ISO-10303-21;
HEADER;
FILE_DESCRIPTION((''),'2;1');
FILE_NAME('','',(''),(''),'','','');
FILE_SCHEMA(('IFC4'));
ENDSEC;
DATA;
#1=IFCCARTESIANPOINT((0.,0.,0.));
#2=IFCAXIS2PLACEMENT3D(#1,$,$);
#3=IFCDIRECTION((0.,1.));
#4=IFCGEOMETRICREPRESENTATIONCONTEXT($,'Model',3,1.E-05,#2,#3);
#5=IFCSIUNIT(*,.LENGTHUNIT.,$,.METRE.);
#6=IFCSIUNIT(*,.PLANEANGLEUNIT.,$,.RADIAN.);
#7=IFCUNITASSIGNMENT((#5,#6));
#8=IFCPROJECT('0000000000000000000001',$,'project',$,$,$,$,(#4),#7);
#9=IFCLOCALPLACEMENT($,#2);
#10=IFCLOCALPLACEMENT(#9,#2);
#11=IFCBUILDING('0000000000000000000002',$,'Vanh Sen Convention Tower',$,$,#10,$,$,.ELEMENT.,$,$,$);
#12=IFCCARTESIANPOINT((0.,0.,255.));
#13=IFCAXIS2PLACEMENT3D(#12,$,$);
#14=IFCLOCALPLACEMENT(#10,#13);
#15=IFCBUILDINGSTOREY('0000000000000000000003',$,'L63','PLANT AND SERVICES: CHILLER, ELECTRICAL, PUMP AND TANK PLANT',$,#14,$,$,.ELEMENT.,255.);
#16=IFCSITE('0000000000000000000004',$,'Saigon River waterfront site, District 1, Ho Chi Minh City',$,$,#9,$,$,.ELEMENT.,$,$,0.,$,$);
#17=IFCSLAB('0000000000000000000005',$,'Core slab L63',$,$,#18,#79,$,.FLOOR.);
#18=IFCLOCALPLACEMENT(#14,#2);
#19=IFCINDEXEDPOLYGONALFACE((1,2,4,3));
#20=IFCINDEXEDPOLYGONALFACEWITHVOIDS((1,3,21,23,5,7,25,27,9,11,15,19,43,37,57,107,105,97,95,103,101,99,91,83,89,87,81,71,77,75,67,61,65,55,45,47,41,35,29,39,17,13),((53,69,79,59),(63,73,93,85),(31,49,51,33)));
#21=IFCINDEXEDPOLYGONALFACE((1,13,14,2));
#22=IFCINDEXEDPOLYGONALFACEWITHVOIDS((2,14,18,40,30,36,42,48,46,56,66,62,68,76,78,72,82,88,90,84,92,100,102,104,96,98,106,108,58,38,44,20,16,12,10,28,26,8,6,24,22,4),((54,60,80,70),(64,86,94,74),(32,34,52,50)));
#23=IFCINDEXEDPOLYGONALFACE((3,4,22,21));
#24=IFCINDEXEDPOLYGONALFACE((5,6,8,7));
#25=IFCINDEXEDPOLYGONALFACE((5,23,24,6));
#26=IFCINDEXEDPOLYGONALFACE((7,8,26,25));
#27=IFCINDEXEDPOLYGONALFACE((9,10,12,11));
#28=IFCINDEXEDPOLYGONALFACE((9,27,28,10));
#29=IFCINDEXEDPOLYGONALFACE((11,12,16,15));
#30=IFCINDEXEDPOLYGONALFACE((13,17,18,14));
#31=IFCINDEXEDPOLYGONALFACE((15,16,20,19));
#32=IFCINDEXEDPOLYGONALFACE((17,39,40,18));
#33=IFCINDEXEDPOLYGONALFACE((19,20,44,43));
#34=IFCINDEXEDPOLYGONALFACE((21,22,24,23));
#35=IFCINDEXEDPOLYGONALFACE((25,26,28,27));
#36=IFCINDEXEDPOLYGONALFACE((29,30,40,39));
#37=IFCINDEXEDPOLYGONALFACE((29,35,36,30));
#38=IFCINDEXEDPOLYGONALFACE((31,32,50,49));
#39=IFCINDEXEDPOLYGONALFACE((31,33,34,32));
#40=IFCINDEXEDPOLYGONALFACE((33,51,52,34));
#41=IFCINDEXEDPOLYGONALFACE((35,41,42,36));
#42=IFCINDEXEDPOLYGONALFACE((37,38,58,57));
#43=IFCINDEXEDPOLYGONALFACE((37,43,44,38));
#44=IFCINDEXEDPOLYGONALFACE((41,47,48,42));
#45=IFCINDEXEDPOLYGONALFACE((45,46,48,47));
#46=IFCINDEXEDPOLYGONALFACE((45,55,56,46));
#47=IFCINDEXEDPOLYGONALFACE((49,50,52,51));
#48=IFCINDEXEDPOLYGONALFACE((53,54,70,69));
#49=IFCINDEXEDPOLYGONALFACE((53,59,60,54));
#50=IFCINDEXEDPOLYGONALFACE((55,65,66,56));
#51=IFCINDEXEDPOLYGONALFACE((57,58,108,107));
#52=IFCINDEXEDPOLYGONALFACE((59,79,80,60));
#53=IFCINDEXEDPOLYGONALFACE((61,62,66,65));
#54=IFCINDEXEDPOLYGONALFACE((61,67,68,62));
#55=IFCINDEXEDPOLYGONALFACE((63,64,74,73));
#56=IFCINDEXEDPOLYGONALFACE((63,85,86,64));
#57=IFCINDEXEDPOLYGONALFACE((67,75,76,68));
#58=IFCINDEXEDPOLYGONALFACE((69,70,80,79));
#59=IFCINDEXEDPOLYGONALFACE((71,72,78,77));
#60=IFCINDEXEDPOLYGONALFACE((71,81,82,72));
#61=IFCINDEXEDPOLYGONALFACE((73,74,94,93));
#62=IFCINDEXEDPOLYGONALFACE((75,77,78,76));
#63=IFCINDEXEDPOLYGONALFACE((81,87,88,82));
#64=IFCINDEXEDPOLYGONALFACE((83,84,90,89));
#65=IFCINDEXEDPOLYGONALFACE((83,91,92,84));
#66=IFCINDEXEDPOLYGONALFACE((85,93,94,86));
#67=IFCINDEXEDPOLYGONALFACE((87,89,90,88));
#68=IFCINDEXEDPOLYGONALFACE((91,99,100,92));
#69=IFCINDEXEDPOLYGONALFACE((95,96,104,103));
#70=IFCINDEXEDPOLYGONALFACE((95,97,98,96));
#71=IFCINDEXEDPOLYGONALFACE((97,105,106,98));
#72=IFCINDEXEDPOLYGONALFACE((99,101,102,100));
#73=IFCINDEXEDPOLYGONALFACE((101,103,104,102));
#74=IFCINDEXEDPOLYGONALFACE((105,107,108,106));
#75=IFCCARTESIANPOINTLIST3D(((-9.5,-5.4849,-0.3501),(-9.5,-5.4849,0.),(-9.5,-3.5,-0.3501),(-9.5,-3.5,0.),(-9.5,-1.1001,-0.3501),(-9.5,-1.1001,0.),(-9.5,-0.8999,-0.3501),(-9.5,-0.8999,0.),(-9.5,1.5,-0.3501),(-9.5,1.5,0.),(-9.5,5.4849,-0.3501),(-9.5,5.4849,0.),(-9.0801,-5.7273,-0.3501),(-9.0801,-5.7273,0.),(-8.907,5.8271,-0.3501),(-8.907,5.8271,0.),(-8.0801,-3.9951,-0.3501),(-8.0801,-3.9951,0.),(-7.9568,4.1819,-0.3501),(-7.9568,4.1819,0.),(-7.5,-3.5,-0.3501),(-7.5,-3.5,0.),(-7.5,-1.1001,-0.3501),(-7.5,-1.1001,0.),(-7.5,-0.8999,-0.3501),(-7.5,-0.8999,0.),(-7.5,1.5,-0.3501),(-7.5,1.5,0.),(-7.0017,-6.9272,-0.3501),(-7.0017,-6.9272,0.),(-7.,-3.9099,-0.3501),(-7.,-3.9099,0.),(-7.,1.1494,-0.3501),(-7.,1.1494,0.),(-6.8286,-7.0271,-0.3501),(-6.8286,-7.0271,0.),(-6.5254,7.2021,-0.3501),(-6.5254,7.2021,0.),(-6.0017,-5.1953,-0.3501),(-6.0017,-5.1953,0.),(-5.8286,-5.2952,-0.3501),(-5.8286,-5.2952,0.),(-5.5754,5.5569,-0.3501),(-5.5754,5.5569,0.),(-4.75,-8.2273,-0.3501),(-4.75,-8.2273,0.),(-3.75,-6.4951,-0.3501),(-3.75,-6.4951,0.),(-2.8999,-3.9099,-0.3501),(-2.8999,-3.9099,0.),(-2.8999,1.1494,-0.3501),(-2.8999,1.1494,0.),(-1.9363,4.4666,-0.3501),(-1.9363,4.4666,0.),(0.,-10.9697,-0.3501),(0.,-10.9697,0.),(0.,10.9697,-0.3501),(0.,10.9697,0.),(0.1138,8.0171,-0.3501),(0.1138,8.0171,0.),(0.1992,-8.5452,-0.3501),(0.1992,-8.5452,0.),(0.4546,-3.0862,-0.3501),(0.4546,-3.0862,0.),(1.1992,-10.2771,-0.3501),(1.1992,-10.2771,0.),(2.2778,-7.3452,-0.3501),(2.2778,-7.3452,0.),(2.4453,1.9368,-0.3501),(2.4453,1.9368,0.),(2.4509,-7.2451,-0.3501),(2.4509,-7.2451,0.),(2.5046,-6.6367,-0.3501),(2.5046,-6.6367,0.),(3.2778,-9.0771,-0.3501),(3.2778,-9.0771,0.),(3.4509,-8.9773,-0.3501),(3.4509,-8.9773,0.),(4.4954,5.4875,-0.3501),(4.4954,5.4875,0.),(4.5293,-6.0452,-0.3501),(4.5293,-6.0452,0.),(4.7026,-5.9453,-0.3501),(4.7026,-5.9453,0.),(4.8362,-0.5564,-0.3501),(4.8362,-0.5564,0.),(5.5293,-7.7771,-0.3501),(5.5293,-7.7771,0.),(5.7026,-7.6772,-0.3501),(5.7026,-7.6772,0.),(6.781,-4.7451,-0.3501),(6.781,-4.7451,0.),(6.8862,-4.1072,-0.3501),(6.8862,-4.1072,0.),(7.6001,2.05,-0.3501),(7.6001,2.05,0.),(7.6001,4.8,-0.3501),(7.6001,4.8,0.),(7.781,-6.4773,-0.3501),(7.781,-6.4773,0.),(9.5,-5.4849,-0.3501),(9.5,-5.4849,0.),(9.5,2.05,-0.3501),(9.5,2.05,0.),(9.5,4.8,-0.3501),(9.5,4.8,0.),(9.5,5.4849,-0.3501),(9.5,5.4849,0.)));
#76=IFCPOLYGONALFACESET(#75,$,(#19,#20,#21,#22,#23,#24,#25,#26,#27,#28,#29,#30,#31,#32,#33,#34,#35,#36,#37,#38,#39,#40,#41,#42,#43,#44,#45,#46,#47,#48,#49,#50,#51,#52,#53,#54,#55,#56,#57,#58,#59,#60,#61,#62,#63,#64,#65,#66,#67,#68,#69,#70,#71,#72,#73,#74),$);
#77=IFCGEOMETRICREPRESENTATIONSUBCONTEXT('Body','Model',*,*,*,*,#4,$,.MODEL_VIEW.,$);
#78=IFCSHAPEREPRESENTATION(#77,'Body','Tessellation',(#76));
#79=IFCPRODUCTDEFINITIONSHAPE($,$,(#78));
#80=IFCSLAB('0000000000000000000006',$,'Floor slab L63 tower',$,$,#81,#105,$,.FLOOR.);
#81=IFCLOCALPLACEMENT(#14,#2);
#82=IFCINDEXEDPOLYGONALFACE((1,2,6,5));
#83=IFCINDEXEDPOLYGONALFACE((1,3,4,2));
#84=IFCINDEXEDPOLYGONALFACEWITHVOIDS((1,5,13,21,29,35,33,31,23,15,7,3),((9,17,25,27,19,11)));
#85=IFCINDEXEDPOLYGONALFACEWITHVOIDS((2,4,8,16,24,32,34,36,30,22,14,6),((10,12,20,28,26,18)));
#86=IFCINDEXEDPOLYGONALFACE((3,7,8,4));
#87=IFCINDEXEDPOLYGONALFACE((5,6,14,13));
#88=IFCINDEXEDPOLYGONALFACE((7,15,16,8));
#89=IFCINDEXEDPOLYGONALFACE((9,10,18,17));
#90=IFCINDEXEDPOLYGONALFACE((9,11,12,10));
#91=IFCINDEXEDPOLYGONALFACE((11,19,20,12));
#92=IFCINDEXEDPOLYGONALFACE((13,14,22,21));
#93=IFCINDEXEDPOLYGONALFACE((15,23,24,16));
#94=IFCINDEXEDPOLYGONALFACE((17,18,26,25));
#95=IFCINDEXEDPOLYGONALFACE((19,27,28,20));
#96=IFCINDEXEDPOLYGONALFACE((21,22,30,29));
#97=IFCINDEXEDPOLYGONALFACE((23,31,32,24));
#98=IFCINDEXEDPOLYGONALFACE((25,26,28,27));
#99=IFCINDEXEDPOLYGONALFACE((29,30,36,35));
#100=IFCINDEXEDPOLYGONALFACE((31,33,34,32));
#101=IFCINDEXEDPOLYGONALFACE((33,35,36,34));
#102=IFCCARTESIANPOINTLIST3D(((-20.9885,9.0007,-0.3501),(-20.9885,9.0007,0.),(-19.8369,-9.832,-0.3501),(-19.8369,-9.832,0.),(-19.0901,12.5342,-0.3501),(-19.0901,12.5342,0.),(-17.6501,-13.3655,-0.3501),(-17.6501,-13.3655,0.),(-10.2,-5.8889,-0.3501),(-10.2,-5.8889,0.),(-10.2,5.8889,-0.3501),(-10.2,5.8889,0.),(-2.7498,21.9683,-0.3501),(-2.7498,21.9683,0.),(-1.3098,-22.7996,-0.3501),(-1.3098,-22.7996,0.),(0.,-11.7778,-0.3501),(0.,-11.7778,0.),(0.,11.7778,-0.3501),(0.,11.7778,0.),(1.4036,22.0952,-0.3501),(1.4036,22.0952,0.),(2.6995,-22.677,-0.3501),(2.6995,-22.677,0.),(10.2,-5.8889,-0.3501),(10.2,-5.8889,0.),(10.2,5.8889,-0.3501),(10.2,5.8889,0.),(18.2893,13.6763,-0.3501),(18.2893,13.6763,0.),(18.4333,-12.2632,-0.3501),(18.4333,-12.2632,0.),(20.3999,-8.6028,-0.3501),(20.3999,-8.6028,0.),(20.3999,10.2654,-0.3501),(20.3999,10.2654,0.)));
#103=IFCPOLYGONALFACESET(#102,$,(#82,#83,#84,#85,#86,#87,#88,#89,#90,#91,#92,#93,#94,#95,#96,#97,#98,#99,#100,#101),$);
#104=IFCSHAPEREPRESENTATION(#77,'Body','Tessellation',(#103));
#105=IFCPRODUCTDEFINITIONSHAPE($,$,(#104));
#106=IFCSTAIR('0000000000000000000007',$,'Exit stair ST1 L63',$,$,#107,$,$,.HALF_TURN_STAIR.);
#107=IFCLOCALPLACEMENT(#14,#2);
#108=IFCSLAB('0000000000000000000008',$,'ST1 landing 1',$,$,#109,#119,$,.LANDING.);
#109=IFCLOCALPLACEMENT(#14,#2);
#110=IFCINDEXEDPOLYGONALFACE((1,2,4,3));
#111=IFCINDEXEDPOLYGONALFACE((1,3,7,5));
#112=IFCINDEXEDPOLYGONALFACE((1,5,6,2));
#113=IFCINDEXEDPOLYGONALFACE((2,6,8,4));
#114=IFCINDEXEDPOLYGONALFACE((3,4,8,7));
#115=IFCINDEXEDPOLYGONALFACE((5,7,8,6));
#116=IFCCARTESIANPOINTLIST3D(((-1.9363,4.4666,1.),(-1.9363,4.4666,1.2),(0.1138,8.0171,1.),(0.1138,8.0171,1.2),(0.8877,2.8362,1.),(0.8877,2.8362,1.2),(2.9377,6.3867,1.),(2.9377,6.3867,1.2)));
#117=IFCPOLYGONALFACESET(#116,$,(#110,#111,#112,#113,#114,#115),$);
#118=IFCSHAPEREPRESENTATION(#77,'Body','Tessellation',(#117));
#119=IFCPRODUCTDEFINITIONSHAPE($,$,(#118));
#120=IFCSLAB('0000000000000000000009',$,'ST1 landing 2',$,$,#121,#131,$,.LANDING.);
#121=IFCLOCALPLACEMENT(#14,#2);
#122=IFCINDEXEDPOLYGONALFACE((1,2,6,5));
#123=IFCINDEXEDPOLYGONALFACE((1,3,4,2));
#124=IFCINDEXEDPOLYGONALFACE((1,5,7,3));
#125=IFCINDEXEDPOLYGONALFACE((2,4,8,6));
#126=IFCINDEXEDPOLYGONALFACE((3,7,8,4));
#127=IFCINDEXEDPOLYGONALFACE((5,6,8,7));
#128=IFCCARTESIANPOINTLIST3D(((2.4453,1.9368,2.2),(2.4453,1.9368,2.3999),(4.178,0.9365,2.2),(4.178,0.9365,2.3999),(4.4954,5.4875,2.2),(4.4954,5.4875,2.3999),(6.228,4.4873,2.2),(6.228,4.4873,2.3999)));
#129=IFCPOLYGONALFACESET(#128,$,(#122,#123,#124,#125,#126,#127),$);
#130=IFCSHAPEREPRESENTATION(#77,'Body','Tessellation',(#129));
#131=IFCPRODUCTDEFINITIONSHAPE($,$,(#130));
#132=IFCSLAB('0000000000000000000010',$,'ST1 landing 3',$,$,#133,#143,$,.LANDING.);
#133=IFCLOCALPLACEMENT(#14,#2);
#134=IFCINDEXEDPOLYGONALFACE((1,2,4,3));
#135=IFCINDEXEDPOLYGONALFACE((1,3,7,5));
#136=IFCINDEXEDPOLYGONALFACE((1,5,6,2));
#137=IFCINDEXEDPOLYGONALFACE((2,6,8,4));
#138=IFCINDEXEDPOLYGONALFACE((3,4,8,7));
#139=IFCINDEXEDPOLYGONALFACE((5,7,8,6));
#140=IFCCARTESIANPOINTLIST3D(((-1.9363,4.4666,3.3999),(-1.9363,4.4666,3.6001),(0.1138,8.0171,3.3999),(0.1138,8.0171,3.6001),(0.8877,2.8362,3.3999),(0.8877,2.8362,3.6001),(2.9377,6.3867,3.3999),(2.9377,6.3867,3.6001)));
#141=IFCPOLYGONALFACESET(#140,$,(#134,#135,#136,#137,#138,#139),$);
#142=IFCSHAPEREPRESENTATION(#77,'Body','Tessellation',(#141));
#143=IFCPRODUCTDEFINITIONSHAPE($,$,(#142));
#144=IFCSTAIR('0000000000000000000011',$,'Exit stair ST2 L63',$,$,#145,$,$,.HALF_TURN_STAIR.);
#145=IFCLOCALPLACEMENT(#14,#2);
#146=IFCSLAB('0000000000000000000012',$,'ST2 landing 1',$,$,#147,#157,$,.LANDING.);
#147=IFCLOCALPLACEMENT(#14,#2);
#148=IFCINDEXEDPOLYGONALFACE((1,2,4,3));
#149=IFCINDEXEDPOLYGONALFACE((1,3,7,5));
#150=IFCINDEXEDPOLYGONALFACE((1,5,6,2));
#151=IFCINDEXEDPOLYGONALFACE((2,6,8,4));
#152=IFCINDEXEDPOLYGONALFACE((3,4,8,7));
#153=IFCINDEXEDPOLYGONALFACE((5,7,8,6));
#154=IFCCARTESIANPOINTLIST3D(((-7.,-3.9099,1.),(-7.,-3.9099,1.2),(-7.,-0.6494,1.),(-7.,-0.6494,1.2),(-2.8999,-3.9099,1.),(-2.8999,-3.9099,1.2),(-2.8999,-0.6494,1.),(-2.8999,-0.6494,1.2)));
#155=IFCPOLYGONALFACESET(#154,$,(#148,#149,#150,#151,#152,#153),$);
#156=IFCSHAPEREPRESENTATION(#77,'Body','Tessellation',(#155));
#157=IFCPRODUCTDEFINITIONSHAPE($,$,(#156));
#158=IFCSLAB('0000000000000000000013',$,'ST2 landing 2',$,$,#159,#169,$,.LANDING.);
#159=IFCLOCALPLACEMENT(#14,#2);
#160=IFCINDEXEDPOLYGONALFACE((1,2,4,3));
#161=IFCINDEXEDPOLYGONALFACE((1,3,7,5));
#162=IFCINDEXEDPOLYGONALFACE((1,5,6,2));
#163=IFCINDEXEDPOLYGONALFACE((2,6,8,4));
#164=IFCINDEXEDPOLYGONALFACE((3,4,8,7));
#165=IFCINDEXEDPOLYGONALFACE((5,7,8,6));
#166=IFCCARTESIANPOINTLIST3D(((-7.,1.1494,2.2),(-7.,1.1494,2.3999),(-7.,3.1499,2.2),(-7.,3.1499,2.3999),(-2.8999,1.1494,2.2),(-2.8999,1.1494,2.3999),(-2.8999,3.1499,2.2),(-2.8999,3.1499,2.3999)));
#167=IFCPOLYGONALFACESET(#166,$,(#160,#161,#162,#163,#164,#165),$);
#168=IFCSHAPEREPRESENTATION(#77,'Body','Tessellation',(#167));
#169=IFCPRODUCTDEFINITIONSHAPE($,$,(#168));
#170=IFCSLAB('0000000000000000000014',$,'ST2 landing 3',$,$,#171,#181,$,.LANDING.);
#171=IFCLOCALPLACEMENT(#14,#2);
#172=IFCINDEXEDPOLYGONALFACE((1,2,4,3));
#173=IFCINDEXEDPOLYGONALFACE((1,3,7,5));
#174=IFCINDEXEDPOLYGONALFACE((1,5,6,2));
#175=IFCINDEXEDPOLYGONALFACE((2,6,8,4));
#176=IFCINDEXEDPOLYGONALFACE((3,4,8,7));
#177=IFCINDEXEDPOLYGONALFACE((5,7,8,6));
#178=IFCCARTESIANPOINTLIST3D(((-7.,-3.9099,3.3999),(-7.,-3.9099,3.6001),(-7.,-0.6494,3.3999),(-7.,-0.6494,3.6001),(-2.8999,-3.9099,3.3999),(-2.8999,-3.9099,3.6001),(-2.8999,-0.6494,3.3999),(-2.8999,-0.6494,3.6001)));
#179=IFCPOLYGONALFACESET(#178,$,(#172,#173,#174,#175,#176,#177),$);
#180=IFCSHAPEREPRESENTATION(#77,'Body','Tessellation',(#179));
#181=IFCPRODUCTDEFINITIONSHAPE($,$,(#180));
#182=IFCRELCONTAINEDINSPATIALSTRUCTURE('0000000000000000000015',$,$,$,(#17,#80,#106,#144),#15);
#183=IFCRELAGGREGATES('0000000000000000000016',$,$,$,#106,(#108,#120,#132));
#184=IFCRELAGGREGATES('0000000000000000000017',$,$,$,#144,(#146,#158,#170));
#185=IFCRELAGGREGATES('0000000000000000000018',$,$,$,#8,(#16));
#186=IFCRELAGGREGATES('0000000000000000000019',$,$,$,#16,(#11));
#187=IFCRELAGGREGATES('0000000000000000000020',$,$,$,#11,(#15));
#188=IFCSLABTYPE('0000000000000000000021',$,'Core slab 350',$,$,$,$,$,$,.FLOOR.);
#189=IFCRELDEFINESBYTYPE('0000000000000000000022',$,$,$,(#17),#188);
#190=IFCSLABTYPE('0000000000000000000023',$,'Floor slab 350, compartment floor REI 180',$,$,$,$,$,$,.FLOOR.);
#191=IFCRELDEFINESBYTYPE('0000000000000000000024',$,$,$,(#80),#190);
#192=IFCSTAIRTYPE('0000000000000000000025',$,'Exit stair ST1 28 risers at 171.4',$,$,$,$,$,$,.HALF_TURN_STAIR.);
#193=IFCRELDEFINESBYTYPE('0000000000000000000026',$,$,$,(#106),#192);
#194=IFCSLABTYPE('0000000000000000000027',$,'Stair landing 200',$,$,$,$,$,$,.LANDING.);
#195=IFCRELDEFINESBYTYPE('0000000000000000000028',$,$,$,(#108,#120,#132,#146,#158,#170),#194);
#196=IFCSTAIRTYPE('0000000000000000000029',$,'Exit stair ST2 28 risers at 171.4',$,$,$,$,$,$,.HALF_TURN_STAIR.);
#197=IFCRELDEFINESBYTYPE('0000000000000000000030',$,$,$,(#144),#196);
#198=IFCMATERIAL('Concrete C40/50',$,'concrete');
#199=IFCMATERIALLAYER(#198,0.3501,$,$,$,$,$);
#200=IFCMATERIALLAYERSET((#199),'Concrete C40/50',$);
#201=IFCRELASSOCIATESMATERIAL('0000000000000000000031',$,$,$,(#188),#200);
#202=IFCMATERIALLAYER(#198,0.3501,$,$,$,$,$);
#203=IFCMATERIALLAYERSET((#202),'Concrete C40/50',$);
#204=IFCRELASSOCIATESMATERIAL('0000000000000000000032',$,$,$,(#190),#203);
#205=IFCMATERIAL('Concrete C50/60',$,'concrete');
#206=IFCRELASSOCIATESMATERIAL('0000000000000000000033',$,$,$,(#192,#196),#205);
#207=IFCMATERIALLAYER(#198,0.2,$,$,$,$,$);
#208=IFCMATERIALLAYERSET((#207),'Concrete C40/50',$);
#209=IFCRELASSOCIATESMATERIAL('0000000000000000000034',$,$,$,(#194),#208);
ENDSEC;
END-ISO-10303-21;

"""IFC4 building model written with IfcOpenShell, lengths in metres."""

from ifc_helpers import new_model, si_unit, direction, frame, origin, place, context, subcontext, project, spatial, polyline, outline, extrude, material, layer, layer_set, type_object, element, aggregate, save


model = new_model("IFC4")

# Units and contexts
model_context = context("Model", 3, precision=1e-05, world=origin(), true_north=direction((0.0, 1.0)))
body_context = subcontext(model_context, "Body", "Model", "MODEL_VIEW")
ifc_project = project(units=[si_unit("LENGTHUNIT", "METRE"), si_unit("PLANEANGLEUNIT", "RADIAN")], contexts=[model_context])

# Site, building, storey
site_placement = place(None, origin())
site = spatial("IfcSite", under=ifc_project, at=site_placement, Name="Saigon River waterfront site, District 1, Ho Chi Minh City", CompositionType="ELEMENT", RefElevation=0.0)
building_placement = place(site_placement, origin())
building = spatial("IfcBuilding", under=site, at=building_placement, Name="Vanh Sen Convention Tower", CompositionType="ELEMENT")
storey_placement = place(building_placement, frame((0.0, 0.0, 255.0)))
storey = spatial("IfcBuildingStorey", under=building, at=storey_placement, Name="L63", Description="PLANT AND SERVICES: CHILLER, ELECTRICAL, PUMP AND TANK PLANT", CompositionType="ELEMENT", Elevation=255.0)

# Slabs
ifc_material_1 = material(Name="Concrete C40/50", Category="concrete")
ifc_layer_1 = layer(ifc_material_1, 0.3501)
ifc_layer_set_1 = layer_set([ifc_layer_1], Name="Concrete C40/50")
slab_type_1 = type_object("IfcSlabType", Name="Core slab 350", PredefinedType="FLOOR", material=ifc_layer_set_1)
slab_1_placement = place(storey_placement, frame((0.0, 0.0, -0.3501)))
element("IfcSlab", 1, at=slab_1_placement, inside=storey, type_object=slab_type_1, Name="Core slab L63", PredefinedType="FLOOR", context=body_context, shape_type="SweptSolid", body=[
    extrude(outline(polyline([(0.0, 10.9697), (9.5, 5.4849), (9.5, 4.8), (7.6001, 4.8), (7.6001, 2.05), (9.5, 2.05), (9.5, -5.4849), (7.781, -6.4773), (6.781, -4.7451), (4.7026, -5.9453), (5.7026, -7.6772), (5.5293, -7.7771), (4.5293, -6.0452), (2.4509, -7.2451), (3.4509, -8.9773), (3.2778, -9.0771), (2.2778, -7.3452), (0.1992, -8.5452), (1.1992, -10.2771), (0.0, -10.9697), (-4.75, -8.2273), (-3.75, -6.4951), (-5.8286, -5.2952), (-6.8286, -7.0271), (-7.0017, -6.9272), (-6.0017, -5.1953), (-8.0801, -3.9951), (-9.0801, -5.7273), (-9.5, -5.4849), (-9.5, -3.5), (-7.5, -3.5), (-7.5, -1.1001), (-9.5, -1.1001), (-9.5, -0.8999), (-7.5, -0.8999), (-7.5, 1.5), (-9.5, 1.5), (-9.5, 5.4849), (-8.907, 5.8271), (-7.9568, 4.1819), (-5.5754, 5.5569), (-6.5254, 7.2021), (0.0, 10.9697)]), holes=[polyline([(-7.0, 1.1494), (-7.0, -3.9099), (-2.8999, -3.9099), (-2.8999, 1.1494), (-7.0, 1.1494)]), polyline([(2.5046, -6.6367), (6.8862, -4.1072), (4.8362, -0.5564), (0.4546, -3.0862), (2.5046, -6.6367)]), polyline([(0.1138, 8.0171), (-1.9363, 4.4666), (2.4453, 1.9368), (4.4954, 5.4875), (0.1138, 8.0171)])]), origin(), (0.0, 0.0, 1.0), 0.3501),
])
ifc_layer_2 = layer(ifc_material_1, 0.3501)
ifc_layer_set_2 = layer_set([ifc_layer_2], Name="Concrete C40/50")
slab_type_2 = type_object("IfcSlabType", Name="Floor slab 350, compartment floor REI 180", PredefinedType="FLOOR", material=ifc_layer_set_2)
slab_2_placement = place(storey_placement, frame((0.0, 0.0, -0.3501)))
element("IfcSlab", 2, at=slab_2_placement, inside=storey, type_object=slab_type_2, Name="Floor slab L63 tower", PredefinedType="FLOOR", context=body_context, shape_type="SweptSolid", body=[
    extrude(outline(polyline([(20.3999, -8.6028), (20.3999, 10.2654), (18.2893, 13.6763), (1.4036, 22.0952), (-2.7498, 21.9683), (-19.0901, 12.5342), (-20.9885, 9.0007), (-19.8369, -9.832), (-17.6501, -13.3655), (-1.3098, -22.7996), (2.6995, -22.677), (18.4333, -12.2632), (20.3999, -8.6028)]), holes=[polyline([(0.0, 11.7778), (-10.2, 5.8889), (-10.2, -5.8889), (0.0, -11.7778), (10.2, -5.8889), (10.2, 5.8889), (0.0, 11.7778)])]), origin(), (0.0, 0.0, 1.0), 0.3501),
])

# Stairs, slabs
ifc_material_2 = material(Name="Concrete C50/60", Category="concrete")
stair_type_1 = type_object("IfcStairType", Name="Exit stair ST1 28 risers at 171.4", PredefinedType="HALF_TURN_STAIR", material=ifc_material_2)
stair_1_placement = place(storey_placement, origin())
stair_1 = element("IfcStair", 3, at=stair_1_placement, inside=storey, type_object=stair_type_1, Name="Exit stair ST1 L63", PredefinedType="HALF_TURN_STAIR")
ifc_layer_3 = layer(ifc_material_1, 0.2)
ifc_layer_set_3 = layer_set([ifc_layer_3], Name="Concrete C40/50")
slab_type_3 = type_object("IfcSlabType", Name="Stair landing 200", PredefinedType="LANDING", material=ifc_layer_set_3)
slab_3_placement = place(storey_placement, frame((0.0, 0.0, 1.0)))
slab_3 = element("IfcSlab", 4, at=slab_3_placement, type_object=slab_type_3, Name="ST1 landing 1", PredefinedType="LANDING", context=body_context, shape_type="SweptSolid", body=[
    extrude(outline(polyline([(2.9377, 6.3867), (0.1138, 8.0171), (-1.9363, 4.4666), (0.8877, 2.8362), (2.9377, 6.3867)])), origin(), (0.0, 0.0, 1.0), 0.2),
])
slab_4_placement = place(storey_placement, frame((0.0, 0.0, 2.2)))
slab_4 = element("IfcSlab", 5, at=slab_4_placement, type_object=slab_type_3, Name="ST1 landing 2", PredefinedType="LANDING", context=body_context, shape_type="SweptSolid", body=[
    extrude(outline(polyline([(6.228, 4.4873), (4.4954, 5.4875), (2.4453, 1.9368), (4.178, 0.9365), (6.228, 4.4873)])), origin(), (0.0, 0.0, 1.0), 0.2),
])
slab_5_placement = place(storey_placement, frame((0.0, 0.0, 3.3999)))
slab_5 = element("IfcSlab", 6, at=slab_5_placement, type_object=slab_type_3, Name="ST1 landing 3", PredefinedType="LANDING", context=body_context, shape_type="SweptSolid", body=[
    extrude(outline(polyline([(2.9377, 6.3867), (0.1138, 8.0171), (-1.9363, 4.4666), (0.8877, 2.8362), (2.9377, 6.3867)])), origin(), (0.0, 0.0, 1.0), 0.2002),
])
aggregate(stair_1, [slab_3, slab_4, slab_5])
stair_type_2 = type_object("IfcStairType", Name="Exit stair ST2 28 risers at 171.4", PredefinedType="HALF_TURN_STAIR", material=ifc_material_2)
stair_2_placement = place(storey_placement, origin())
stair_2 = element("IfcStair", 7, at=stair_2_placement, inside=storey, type_object=stair_type_2, Name="Exit stair ST2 L63", PredefinedType="HALF_TURN_STAIR")
slab_6_placement = place(storey_placement, frame((0.0, 0.0, 1.0)))
slab_6 = element("IfcSlab", 8, at=slab_6_placement, type_object=slab_type_3, Name="ST2 landing 1", PredefinedType="LANDING", context=body_context, shape_type="SweptSolid", body=[
    extrude(outline(polyline([(-7.0, -0.6494), (-7.0, -3.9099), (-2.8999, -3.9099), (-2.8999, -0.6494), (-7.0, -0.6494)])), origin(), (0.0, 0.0, 1.0), 0.2),
])
slab_7_placement = place(storey_placement, frame((0.0, 0.0, 2.2)))
slab_7 = element("IfcSlab", 9, at=slab_7_placement, type_object=slab_type_3, Name="ST2 landing 2", PredefinedType="LANDING", context=body_context, shape_type="SweptSolid", body=[
    extrude(outline(polyline([(-7.0, 3.1499), (-7.0, 1.1494), (-2.8999, 1.1494), (-2.8999, 3.1499), (-7.0, 3.1499)])), origin(), (0.0, 0.0, 1.0), 0.2),
])
slab_8_placement = place(storey_placement, frame((0.0, 0.0, 3.3999)))
slab_8 = element("IfcSlab", 10, at=slab_8_placement, type_object=slab_type_3, Name="ST2 landing 3", PredefinedType="LANDING", context=body_context, shape_type="SweptSolid", body=[
    extrude(outline(polyline([(-7.0, -0.6494), (-7.0, -3.9099), (-2.8999, -3.9099), (-2.8999, -0.6494), (-7.0, -0.6494)])), origin(), (0.0, 0.0, 1.0), 0.2002),
])
aggregate(stair_2, [slab_6, slab_7, slab_8])

save(model, "model.ifc")
